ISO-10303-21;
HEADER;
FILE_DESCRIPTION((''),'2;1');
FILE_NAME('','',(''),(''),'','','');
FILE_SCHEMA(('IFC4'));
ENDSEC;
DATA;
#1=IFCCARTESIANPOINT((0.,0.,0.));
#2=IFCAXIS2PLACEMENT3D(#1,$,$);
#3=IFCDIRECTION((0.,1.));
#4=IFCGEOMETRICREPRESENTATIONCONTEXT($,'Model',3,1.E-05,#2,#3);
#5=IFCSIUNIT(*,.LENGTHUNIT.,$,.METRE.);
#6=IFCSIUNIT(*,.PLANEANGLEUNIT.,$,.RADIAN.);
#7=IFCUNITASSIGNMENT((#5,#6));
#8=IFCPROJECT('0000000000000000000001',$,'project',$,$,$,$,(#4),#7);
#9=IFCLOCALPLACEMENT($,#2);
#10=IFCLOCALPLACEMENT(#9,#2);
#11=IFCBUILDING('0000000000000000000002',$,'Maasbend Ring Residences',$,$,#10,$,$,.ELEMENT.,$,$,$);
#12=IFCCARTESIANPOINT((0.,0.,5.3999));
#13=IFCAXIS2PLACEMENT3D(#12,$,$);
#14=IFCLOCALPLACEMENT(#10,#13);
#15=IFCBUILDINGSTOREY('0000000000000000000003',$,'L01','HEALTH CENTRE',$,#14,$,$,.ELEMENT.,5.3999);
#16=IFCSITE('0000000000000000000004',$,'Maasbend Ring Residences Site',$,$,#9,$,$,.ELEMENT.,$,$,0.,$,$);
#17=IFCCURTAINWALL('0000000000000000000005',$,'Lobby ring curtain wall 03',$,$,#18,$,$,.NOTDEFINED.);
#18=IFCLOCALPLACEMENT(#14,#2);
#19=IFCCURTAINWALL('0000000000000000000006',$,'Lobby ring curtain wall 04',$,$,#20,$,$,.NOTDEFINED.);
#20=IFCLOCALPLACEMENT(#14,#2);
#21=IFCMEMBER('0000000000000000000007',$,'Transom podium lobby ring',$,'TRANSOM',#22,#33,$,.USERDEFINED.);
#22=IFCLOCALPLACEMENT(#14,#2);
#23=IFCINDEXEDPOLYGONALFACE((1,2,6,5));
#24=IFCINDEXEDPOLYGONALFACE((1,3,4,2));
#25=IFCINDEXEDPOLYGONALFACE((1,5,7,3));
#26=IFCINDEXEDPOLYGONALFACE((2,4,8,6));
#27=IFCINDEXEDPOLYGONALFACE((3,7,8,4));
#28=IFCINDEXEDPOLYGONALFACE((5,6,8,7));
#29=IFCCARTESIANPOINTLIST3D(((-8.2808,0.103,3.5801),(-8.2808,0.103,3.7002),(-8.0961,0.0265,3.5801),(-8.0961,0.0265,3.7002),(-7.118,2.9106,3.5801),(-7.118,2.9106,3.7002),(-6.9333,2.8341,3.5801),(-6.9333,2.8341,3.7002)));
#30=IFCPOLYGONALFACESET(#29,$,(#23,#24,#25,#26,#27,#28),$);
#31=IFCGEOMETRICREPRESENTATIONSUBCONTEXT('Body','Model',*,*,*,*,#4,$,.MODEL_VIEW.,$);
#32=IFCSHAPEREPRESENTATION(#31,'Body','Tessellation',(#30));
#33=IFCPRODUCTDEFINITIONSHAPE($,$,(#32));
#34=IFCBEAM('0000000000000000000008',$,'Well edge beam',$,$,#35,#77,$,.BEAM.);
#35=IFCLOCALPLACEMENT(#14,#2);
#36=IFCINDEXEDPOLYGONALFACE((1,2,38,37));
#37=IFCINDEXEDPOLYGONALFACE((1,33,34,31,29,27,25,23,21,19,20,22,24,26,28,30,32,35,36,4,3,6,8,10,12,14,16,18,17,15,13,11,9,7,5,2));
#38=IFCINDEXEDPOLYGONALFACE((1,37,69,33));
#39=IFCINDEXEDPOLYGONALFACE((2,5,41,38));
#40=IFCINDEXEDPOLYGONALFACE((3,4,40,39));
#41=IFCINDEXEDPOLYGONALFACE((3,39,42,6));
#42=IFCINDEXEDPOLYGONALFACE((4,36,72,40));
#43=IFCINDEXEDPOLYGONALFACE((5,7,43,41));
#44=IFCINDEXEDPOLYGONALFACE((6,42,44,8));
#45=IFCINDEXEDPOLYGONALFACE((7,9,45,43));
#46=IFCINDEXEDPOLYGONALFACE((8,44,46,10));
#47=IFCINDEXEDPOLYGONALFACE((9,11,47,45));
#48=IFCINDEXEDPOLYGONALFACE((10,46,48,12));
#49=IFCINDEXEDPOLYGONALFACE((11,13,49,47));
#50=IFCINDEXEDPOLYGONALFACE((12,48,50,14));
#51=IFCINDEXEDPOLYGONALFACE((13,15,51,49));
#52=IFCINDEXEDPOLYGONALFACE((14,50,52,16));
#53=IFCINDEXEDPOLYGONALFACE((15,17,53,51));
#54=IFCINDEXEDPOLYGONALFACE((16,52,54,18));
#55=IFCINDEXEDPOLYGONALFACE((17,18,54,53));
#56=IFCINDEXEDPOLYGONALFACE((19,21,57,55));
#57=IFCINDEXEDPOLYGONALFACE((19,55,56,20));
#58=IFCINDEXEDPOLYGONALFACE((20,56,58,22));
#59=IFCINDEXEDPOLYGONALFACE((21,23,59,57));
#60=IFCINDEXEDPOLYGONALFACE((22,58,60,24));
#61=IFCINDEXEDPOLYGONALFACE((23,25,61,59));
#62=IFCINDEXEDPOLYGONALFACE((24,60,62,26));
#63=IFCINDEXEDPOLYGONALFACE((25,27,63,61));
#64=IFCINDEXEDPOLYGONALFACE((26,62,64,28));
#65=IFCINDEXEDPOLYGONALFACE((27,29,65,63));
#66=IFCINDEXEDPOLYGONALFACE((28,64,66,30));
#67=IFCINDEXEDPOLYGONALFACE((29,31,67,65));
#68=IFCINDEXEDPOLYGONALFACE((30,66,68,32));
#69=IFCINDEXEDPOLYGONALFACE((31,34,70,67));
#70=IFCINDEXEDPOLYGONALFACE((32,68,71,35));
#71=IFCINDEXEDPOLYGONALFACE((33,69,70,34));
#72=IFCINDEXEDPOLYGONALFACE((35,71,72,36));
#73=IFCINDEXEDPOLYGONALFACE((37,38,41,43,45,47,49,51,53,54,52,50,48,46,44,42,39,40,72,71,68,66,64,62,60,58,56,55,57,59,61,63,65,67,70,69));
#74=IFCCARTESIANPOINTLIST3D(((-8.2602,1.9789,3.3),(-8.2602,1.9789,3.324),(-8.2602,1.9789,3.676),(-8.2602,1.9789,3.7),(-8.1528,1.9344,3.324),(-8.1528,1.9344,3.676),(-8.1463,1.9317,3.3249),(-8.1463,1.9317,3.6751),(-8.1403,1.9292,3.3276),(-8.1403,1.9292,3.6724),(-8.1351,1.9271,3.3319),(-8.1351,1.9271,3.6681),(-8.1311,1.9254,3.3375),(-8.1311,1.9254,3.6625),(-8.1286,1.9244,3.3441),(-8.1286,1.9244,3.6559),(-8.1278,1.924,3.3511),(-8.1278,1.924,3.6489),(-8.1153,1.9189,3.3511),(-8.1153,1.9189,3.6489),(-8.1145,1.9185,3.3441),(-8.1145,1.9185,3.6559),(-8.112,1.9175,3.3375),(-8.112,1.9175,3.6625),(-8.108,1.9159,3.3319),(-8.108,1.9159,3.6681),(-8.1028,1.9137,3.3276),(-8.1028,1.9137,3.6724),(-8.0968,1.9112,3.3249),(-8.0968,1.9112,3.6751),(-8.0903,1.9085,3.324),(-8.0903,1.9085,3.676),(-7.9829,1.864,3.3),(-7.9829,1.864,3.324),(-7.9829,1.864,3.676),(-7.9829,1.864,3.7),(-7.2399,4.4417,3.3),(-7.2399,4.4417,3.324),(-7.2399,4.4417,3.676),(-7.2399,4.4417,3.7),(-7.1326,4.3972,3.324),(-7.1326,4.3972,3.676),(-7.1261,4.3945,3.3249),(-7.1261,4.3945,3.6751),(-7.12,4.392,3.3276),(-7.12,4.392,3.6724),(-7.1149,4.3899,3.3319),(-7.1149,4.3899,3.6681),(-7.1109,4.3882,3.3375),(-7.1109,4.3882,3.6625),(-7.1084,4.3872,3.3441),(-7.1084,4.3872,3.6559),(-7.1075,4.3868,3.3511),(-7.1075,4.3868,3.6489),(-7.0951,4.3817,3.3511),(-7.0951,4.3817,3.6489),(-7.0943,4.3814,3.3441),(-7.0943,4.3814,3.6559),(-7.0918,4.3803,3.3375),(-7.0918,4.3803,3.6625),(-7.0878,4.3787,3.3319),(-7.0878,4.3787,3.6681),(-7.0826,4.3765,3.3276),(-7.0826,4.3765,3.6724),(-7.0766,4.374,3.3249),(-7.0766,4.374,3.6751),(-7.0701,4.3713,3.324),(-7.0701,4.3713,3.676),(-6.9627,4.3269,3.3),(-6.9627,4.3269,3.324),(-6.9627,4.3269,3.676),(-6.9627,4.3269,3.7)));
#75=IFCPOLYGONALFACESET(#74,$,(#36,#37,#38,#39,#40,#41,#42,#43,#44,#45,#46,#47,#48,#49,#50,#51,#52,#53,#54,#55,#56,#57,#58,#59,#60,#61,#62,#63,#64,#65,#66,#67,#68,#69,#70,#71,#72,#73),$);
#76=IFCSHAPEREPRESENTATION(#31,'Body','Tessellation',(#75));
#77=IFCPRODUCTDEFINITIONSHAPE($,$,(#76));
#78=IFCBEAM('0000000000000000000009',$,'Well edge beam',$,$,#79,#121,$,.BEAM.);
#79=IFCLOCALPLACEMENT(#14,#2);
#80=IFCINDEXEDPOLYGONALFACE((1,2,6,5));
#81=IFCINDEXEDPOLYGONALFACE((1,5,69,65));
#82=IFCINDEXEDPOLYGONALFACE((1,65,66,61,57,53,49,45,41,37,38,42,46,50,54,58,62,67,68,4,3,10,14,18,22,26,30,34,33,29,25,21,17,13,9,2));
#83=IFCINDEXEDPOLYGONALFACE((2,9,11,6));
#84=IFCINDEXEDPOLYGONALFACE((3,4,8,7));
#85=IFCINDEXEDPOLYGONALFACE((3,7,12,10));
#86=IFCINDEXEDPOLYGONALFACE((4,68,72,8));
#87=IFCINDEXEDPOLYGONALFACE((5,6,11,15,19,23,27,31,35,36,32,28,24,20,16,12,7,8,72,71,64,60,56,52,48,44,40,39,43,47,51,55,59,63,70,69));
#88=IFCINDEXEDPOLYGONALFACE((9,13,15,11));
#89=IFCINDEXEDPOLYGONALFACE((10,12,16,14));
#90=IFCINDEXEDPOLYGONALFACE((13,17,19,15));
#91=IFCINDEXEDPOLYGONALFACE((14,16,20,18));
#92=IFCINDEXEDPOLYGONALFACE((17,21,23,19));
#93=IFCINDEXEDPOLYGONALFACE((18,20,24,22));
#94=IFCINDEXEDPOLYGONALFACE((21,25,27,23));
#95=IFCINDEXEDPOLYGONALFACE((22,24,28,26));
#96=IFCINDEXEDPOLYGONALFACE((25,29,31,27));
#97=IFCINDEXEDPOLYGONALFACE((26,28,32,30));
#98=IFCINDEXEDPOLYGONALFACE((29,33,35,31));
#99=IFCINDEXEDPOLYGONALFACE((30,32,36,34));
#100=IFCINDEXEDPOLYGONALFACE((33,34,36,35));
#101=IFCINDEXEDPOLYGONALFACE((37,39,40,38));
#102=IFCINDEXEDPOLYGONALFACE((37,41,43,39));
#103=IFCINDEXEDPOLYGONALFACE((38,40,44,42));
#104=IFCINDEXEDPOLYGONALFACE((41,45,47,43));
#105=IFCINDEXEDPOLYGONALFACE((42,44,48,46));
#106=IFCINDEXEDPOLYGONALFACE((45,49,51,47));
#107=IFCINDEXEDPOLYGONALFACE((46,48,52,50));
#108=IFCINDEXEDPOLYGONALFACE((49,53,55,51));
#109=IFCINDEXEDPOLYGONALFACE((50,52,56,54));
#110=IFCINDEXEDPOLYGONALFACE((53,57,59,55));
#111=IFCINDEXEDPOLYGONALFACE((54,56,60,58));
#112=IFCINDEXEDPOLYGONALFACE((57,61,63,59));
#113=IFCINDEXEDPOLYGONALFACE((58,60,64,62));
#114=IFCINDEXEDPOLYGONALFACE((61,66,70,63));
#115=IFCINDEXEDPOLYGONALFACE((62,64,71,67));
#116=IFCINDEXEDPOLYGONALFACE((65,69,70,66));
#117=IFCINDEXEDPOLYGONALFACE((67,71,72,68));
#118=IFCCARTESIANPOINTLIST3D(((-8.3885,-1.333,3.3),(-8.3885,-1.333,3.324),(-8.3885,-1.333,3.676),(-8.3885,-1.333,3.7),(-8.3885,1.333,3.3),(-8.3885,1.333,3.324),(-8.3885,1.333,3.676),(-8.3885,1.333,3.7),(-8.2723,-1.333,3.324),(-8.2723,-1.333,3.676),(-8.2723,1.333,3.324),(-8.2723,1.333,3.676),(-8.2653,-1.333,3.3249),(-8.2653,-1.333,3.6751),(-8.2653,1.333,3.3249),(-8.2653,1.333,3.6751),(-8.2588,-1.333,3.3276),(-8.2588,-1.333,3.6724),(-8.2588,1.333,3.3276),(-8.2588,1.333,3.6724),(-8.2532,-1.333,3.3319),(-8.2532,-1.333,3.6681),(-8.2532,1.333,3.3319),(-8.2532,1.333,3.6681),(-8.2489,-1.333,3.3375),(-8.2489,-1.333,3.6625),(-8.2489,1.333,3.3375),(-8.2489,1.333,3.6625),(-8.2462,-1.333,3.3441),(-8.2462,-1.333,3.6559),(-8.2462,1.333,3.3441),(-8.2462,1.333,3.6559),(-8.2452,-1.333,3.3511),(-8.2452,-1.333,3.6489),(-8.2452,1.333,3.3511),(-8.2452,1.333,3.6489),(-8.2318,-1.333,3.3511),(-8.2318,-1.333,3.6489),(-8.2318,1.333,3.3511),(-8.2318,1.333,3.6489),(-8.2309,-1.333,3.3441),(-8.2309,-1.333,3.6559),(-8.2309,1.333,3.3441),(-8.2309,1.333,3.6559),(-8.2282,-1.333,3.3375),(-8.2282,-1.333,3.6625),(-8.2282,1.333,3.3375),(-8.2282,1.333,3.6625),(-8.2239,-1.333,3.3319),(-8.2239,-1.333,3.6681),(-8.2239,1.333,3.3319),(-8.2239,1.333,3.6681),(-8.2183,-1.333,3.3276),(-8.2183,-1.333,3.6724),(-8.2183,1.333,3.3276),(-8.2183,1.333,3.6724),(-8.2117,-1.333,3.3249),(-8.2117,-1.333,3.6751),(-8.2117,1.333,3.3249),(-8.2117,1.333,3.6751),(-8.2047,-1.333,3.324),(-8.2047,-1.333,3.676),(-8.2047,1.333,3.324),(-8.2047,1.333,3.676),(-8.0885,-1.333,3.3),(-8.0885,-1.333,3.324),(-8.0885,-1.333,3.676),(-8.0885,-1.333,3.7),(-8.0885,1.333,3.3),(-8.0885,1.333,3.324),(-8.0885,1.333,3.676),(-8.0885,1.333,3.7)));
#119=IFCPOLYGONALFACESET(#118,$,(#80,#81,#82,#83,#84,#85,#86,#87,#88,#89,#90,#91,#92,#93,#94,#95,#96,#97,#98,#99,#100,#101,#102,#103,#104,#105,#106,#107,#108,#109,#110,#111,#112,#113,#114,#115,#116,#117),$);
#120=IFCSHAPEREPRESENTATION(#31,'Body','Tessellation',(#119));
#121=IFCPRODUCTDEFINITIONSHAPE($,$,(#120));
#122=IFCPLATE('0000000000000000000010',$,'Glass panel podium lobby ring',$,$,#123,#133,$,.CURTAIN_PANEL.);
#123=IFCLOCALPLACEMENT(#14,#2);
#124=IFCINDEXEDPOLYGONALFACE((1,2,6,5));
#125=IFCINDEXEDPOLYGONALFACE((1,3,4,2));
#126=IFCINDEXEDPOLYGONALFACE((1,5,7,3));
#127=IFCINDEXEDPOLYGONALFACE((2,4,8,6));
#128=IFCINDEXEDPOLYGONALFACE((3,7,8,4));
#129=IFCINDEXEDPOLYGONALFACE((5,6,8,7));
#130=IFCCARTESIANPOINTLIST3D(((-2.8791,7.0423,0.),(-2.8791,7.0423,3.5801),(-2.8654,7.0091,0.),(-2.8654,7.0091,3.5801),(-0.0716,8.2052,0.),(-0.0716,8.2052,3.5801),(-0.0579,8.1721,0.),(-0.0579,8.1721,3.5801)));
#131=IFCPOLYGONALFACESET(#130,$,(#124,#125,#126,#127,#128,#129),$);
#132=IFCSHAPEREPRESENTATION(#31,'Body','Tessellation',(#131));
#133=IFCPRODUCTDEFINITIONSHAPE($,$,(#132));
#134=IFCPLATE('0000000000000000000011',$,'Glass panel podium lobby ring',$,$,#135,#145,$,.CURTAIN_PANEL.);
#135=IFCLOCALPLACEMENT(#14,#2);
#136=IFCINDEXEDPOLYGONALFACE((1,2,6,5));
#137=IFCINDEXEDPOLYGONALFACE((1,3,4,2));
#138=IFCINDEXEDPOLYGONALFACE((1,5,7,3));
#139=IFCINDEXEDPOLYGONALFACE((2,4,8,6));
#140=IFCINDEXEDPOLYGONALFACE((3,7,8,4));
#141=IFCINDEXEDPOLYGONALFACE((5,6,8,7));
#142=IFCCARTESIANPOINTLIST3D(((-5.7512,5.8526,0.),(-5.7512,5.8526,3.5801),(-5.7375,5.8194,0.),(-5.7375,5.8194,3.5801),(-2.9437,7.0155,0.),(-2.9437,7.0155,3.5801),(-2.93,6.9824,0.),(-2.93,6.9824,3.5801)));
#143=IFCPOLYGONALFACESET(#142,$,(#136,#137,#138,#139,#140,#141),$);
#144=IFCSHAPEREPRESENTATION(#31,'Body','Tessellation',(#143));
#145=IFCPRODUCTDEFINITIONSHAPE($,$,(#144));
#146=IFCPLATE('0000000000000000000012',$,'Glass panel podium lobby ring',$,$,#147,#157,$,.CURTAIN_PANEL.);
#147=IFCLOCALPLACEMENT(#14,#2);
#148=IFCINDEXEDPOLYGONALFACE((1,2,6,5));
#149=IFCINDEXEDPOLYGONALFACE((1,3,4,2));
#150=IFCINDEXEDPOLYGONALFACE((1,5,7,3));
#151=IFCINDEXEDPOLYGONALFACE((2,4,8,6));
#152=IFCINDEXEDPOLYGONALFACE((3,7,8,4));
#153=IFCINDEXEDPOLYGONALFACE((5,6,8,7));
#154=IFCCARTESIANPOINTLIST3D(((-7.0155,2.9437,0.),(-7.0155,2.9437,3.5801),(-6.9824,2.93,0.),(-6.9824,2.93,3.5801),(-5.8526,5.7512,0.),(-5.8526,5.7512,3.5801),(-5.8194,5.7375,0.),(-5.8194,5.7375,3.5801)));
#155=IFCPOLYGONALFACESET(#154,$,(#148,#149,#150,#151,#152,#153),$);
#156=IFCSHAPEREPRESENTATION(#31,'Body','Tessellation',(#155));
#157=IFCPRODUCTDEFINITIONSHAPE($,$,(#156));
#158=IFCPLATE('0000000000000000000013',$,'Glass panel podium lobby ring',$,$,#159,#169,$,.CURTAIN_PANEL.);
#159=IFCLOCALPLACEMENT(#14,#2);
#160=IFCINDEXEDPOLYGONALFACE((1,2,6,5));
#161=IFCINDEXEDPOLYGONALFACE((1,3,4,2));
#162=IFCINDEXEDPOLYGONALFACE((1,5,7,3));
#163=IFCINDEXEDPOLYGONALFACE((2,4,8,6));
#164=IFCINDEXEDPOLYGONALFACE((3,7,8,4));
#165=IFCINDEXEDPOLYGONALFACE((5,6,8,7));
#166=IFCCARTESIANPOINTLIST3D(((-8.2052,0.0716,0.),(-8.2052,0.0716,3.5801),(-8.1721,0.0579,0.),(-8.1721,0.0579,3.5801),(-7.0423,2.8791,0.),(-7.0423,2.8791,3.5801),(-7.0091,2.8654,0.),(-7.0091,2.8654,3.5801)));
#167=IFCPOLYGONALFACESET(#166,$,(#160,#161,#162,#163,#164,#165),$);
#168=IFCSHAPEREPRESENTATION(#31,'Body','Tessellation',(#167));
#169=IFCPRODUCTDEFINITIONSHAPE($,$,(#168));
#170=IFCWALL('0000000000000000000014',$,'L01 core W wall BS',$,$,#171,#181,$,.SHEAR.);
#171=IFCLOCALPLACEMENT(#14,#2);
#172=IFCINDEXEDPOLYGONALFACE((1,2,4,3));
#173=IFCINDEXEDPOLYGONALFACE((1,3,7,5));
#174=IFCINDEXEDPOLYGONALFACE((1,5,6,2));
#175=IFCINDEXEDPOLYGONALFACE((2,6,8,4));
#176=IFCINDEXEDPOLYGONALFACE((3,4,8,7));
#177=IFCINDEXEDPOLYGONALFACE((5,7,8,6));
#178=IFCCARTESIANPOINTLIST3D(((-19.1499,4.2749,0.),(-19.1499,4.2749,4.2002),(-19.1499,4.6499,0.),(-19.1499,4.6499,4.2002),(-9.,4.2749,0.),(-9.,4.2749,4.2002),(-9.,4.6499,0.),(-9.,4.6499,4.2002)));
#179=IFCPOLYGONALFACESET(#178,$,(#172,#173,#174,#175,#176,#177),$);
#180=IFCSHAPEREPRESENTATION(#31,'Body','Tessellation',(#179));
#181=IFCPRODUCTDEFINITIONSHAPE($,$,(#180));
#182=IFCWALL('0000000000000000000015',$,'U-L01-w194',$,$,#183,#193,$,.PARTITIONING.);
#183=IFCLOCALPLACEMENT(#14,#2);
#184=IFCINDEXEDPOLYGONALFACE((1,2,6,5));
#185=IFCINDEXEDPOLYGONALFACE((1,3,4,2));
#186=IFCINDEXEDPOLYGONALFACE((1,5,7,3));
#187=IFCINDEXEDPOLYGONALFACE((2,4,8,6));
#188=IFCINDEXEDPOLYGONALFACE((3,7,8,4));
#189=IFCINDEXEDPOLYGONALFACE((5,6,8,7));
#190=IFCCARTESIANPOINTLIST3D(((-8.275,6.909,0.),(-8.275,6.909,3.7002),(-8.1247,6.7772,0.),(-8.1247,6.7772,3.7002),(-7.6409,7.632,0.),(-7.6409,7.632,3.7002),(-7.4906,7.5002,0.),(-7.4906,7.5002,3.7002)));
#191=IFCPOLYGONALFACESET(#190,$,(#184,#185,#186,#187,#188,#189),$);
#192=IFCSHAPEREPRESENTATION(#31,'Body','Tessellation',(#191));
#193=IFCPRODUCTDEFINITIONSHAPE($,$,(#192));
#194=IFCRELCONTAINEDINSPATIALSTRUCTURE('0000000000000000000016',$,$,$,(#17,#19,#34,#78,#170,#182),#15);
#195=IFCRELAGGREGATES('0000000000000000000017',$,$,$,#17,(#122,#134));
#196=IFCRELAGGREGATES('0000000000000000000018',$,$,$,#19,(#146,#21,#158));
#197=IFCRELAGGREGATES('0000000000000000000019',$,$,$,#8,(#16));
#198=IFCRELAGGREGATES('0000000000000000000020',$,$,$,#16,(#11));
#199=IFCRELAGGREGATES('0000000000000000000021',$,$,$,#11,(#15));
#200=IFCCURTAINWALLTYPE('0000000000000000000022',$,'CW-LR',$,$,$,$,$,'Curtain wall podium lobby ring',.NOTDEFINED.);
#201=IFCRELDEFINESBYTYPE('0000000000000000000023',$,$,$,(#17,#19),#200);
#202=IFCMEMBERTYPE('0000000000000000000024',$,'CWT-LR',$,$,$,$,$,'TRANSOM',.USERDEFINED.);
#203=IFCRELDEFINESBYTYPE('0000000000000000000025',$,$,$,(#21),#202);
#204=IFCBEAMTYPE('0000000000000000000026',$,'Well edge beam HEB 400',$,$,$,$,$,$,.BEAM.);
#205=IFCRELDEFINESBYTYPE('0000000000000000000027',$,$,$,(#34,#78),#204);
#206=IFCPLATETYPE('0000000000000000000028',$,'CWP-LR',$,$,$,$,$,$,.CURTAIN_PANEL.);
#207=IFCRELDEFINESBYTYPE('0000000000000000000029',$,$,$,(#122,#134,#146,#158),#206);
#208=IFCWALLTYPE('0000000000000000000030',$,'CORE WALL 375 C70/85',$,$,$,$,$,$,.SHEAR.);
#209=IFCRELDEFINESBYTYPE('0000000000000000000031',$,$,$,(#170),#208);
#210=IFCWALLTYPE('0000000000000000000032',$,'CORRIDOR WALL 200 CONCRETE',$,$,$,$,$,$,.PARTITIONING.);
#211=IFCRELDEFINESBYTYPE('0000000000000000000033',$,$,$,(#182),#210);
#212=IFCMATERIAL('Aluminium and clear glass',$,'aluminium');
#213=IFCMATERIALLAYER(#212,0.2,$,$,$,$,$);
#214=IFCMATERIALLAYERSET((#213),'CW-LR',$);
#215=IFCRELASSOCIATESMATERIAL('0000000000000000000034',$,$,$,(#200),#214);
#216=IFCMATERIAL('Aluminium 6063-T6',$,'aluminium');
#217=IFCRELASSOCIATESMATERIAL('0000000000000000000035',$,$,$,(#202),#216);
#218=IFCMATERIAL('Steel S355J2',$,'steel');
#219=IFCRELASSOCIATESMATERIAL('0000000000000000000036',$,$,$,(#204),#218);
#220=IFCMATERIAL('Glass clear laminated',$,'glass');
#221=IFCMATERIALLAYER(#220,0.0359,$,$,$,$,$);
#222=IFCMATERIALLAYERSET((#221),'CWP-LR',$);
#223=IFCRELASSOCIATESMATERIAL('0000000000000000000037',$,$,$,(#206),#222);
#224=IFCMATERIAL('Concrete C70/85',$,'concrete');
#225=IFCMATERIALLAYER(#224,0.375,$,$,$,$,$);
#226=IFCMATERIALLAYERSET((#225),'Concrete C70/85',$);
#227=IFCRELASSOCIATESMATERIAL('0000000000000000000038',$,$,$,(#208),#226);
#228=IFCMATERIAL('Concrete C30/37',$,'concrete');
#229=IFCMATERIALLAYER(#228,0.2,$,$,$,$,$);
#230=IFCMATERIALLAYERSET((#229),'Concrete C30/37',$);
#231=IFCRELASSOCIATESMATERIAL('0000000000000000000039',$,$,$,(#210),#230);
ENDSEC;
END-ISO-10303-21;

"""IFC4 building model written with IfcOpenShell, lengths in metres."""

from ifc_helpers import new_model, si_unit, direction, frame, frame_2d, origin, origin_2d, place, context, subcontext, project, spatial, rectangle, i_section, extrude, material, layer, layer_set, material_profile, profile_set, type_object, element, aggregate, save


model = new_model("IFC4")

# Units and contexts
model_context = context("Model", 3, precision=1e-05, world=origin(), true_north=direction((0.0, 1.0)))
body_context = subcontext(model_context, "Body", "Model", "MODEL_VIEW")
ifc_project = project(units=[si_unit("LENGTHUNIT", "METRE"), si_unit("PLANEANGLEUNIT", "RADIAN")], contexts=[model_context])

# Site, building, storey
site_placement = place(None, origin())
site = spatial("IfcSite", under=ifc_project, at=site_placement, Name="Maasbend Ring Residences Site", CompositionType="ELEMENT", RefElevation=0.0)
building_placement = place(site_placement, origin())
building = spatial("IfcBuilding", under=site, at=building_placement, Name="Maasbend Ring Residences", CompositionType="ELEMENT")
storey_placement = place(building_placement, frame((0.0, 0.0, 5.3999)))
storey = spatial("IfcBuildingStorey", under=building, at=storey_placement, Name="L01", Description="HEALTH CENTRE", CompositionType="ELEMENT", Elevation=5.3999)

# Curtain walls
ifc_material_1 = material(Name="Aluminium and clear glass", Category="aluminium")
ifc_layer_1 = layer(ifc_material_1, 0.2)
ifc_layer_set_1 = layer_set([ifc_layer_1], Name="CW-LR")
curtain_wall_type = type_object("IfcCurtainWallType", Name="CW-LR", ElementType="Curtain wall podium lobby ring", PredefinedType="NOTDEFINED", material=ifc_layer_set_1)
curtain_wall_1_placement = place(storey_placement, origin())
curtain_wall_1 = element("IfcCurtainWall", 1, at=curtain_wall_1_placement, inside=storey, type_object=curtain_wall_type, Name="Lobby ring curtain wall 03", PredefinedType="NOTDEFINED")
curtain_wall_2_placement = place(storey_placement, origin())
curtain_wall_2 = element("IfcCurtainWall", 2, at=curtain_wall_2_placement, inside=storey, type_object=curtain_wall_type, Name="Lobby ring curtain wall 04", PredefinedType="NOTDEFINED")

# Member
ifc_material_2 = material(Name="Aluminium 6063-T6", Category="aluminium")
ifc_material_profile_1 = material_profile(ifc_material_2, rectangle(XDim=0.2, YDim=0.1201, at=origin_2d()), Name="AL 200x120")
ifc_profile_set_1 = profile_set([ifc_material_profile_1], Name="Aluminium 6063-T6")
member_type_1 = type_object("IfcMemberType", Name="CWT-LR", ElementType="TRANSOM", PredefinedType="USERDEFINED", material=ifc_profile_set_1)
member_1_placement = place(storey_placement, frame((-7.0256, 2.8723, 3.6401), z_axis=(-0.382652, -0.923892, 0.0), x_axis=(0.923892, -0.382652, 0.0)))
member_1 = element("IfcMember", 3, at=member_1_placement, type_object=member_type_1, Name="Transom podium lobby ring", ObjectType="TRANSOM", PredefinedType="USERDEFINED", context=body_context, shape_type="SweptSolid", body=[
    extrude(rectangle(XDim=0.2, YDim=0.1201, at=origin_2d()), origin(), (0.0, 0.0, 1.0), 3.0388),
])

# Beams
ifc_material_3 = material(Name="Steel S355J2", Category="steel")
ifc_material_profile_2 = material_profile(ifc_material_3, i_section(OverallWidth=0.3, OverallDepth=0.3999, WebThickness=0.0134, FlangeThickness=0.0239, FilletRadius=0.0271, at=origin_2d()), Name="HEB 400")
ifc_profile_set_2 = profile_set([ifc_material_profile_2], Name="Steel S355J2")
beam_type = type_object("IfcBeamType", Name="Well edge beam HEB 400", PredefinedType="BEAM", material=ifc_profile_set_2)
beam_1_placement = place(storey_placement, frame((-7.1013, 4.3843, 3.5), z_axis=(-0.382716, -0.923866, 0.0), x_axis=(0.923866, -0.382716, 0.0)))
element("IfcBeam", 4, at=beam_1_placement, inside=storey, type_object=beam_type, Name="Well edge beam", PredefinedType="BEAM", context=body_context, shape_type="SweptSolid", body=[
    extrude(i_section(OverallWidth=0.3, OverallDepth=0.3999, WebThickness=0.0134, FlangeThickness=0.0239, FilletRadius=0.0271, at=origin_2d()), origin(), (0.0, 0.0, 1.0), 2.6658),
])
beam_2_placement = place(storey_placement, frame((-8.2385, 1.333, 3.5), z_axis=(0.0, -1.0, 0.0), x_axis=(1.0, 0.0, 0.0)))
element("IfcBeam", 5, at=beam_2_placement, inside=storey, type_object=beam_type, Name="Well edge beam", PredefinedType="BEAM", context=body_context, shape_type="SweptSolid", body=[
    extrude(i_section(OverallWidth=0.3, OverallDepth=0.3999, WebThickness=0.0134, FlangeThickness=0.0239, FilletRadius=0.0271, at=origin_2d()), origin(), (0.0, 0.0, 1.0), 2.666),
])

# Plates
ifc_material_4 = material(Name="Glass clear laminated", Category="glass")
ifc_layer_2 = layer(ifc_material_4, 0.0359)
ifc_layer_set_2 = layer_set([ifc_layer_2], Name="CWP-LR")
plate_type = type_object("IfcPlateType", Name="CWP-LR", PredefinedType="CURTAIN_PANEL", material=ifc_layer_set_2)
plate_1_placement = place(storey_placement, frame((-1.4685, 7.6072, 0.0), z_axis=(0.0, 0.0, 1.0), x_axis=(-0.92388, -0.382683, 0.0)))
plate_1 = element("IfcPlate", 6, at=plate_1_placement, type_object=plate_type, Name="Glass panel podium lobby ring", PredefinedType="CURTAIN_PANEL", context=body_context, shape_type="SweptSolid", body=[
    extrude(rectangle(XDim=3.0388, YDim=0.0359, at=origin_2d()), origin(), (0.0, 0.0, 1.0), 3.5801),
])
plate_2_placement = place(storey_placement, frame((-4.3406, 6.4175, 0.0), z_axis=(0.0, 0.0, 1.0), x_axis=(-0.92388, -0.382683, 0.0)))
plate_2 = element("IfcPlate", 7, at=plate_2_placement, type_object=plate_type, Name="Glass panel podium lobby ring", PredefinedType="CURTAIN_PANEL", context=body_context, shape_type="SweptSolid", body=[
    extrude(rectangle(XDim=3.0388, YDim=0.0359, at=origin_2d()), origin(), (0.0, 0.0, 1.0), 3.5801),
])
aggregate(curtain_wall_1, [plate_1, plate_2])
plate_3_placement = place(storey_placement, frame((-6.4175, 4.3406, 0.0), z_axis=(0.0, 0.0, 1.0), x_axis=(-0.382683, -0.92388, 0.0)))
plate_3 = element("IfcPlate", 8, at=plate_3_placement, type_object=plate_type, Name="Glass panel podium lobby ring", PredefinedType="CURTAIN_PANEL", context=body_context, shape_type="SweptSolid", body=[
    extrude(rectangle(XDim=3.0388, YDim=0.0359, at=origin_2d()), origin(), (0.0, 0.0, 1.0), 3.5801),
])
plate_4_placement = place(storey_placement, frame((-7.6072, 1.4685, 0.0), z_axis=(0.0, 0.0, 1.0), x_axis=(-0.382683, -0.92388, 0.0)))
plate_4 = element("IfcPlate", 9, at=plate_4_placement, type_object=plate_type, Name="Glass panel podium lobby ring", PredefinedType="CURTAIN_PANEL", context=body_context, shape_type="SweptSolid", body=[
    extrude(rectangle(XDim=3.0388, YDim=0.0359, at=origin_2d()), origin(), (0.0, 0.0, 1.0), 3.5801),
])
aggregate(curtain_wall_2, [plate_3, member_1, plate_4])

# Walls
ifc_material_5 = material(Name="Concrete C70/85", Category="concrete")
ifc_layer_3 = layer(ifc_material_5, 0.375)
ifc_layer_set_3 = layer_set([ifc_layer_3], Name="Concrete C70/85")
wall_type_1 = type_object("IfcWallType", Name="CORE WALL 375 C70/85", PredefinedType="SHEAR", material=ifc_layer_set_3)
wall_1_placement = place(storey_placement, frame((-9.0, 4.4624, 0.0), z_axis=(0.0, 0.0, 1.0), x_axis=(-1.0, 0.0, 0.0)))
element("IfcWall", 10, at=wall_1_placement, inside=storey, type_object=wall_type_1, Name="L01 core W wall BS", PredefinedType="SHEAR", context=body_context, shape_type="SweptSolid", body=[
    extrude(rectangle(XDim=10.1499, YDim=0.375, at=frame_2d((5.075, 0.0))), origin(), (0.0, 0.0, 1.0), 4.2002),
])
ifc_material_6 = material(Name="Concrete C30/37", Category="concrete")
ifc_layer_4 = layer(ifc_material_6, 0.2)
ifc_layer_set_4 = layer_set([ifc_layer_4], Name="Concrete C30/37")
wall_type_2 = type_object("IfcWallType", Name="CORRIDOR WALL 200 CONCRETE", PredefinedType="PARTITIONING", material=ifc_layer_set_4)
wall_2_placement = place(storey_placement, frame((-8.2, 6.843, 0.0), z_axis=(0.0, 0.0, 1.0), x_axis=(0.659385, 0.751805, 0.0)))
element("IfcWall", 11, at=wall_2_placement, inside=storey, type_object=wall_type_2, Name="U-L01-w194", PredefinedType="PARTITIONING", context=body_context, shape_type="SweptSolid", body=[
    extrude(rectangle(XDim=0.9617, YDim=0.2, at=frame_2d((0.481, 0.0))), origin(), (0.0, 0.0, 1.0), 3.7002),
])

save(model, "model.ifc")
